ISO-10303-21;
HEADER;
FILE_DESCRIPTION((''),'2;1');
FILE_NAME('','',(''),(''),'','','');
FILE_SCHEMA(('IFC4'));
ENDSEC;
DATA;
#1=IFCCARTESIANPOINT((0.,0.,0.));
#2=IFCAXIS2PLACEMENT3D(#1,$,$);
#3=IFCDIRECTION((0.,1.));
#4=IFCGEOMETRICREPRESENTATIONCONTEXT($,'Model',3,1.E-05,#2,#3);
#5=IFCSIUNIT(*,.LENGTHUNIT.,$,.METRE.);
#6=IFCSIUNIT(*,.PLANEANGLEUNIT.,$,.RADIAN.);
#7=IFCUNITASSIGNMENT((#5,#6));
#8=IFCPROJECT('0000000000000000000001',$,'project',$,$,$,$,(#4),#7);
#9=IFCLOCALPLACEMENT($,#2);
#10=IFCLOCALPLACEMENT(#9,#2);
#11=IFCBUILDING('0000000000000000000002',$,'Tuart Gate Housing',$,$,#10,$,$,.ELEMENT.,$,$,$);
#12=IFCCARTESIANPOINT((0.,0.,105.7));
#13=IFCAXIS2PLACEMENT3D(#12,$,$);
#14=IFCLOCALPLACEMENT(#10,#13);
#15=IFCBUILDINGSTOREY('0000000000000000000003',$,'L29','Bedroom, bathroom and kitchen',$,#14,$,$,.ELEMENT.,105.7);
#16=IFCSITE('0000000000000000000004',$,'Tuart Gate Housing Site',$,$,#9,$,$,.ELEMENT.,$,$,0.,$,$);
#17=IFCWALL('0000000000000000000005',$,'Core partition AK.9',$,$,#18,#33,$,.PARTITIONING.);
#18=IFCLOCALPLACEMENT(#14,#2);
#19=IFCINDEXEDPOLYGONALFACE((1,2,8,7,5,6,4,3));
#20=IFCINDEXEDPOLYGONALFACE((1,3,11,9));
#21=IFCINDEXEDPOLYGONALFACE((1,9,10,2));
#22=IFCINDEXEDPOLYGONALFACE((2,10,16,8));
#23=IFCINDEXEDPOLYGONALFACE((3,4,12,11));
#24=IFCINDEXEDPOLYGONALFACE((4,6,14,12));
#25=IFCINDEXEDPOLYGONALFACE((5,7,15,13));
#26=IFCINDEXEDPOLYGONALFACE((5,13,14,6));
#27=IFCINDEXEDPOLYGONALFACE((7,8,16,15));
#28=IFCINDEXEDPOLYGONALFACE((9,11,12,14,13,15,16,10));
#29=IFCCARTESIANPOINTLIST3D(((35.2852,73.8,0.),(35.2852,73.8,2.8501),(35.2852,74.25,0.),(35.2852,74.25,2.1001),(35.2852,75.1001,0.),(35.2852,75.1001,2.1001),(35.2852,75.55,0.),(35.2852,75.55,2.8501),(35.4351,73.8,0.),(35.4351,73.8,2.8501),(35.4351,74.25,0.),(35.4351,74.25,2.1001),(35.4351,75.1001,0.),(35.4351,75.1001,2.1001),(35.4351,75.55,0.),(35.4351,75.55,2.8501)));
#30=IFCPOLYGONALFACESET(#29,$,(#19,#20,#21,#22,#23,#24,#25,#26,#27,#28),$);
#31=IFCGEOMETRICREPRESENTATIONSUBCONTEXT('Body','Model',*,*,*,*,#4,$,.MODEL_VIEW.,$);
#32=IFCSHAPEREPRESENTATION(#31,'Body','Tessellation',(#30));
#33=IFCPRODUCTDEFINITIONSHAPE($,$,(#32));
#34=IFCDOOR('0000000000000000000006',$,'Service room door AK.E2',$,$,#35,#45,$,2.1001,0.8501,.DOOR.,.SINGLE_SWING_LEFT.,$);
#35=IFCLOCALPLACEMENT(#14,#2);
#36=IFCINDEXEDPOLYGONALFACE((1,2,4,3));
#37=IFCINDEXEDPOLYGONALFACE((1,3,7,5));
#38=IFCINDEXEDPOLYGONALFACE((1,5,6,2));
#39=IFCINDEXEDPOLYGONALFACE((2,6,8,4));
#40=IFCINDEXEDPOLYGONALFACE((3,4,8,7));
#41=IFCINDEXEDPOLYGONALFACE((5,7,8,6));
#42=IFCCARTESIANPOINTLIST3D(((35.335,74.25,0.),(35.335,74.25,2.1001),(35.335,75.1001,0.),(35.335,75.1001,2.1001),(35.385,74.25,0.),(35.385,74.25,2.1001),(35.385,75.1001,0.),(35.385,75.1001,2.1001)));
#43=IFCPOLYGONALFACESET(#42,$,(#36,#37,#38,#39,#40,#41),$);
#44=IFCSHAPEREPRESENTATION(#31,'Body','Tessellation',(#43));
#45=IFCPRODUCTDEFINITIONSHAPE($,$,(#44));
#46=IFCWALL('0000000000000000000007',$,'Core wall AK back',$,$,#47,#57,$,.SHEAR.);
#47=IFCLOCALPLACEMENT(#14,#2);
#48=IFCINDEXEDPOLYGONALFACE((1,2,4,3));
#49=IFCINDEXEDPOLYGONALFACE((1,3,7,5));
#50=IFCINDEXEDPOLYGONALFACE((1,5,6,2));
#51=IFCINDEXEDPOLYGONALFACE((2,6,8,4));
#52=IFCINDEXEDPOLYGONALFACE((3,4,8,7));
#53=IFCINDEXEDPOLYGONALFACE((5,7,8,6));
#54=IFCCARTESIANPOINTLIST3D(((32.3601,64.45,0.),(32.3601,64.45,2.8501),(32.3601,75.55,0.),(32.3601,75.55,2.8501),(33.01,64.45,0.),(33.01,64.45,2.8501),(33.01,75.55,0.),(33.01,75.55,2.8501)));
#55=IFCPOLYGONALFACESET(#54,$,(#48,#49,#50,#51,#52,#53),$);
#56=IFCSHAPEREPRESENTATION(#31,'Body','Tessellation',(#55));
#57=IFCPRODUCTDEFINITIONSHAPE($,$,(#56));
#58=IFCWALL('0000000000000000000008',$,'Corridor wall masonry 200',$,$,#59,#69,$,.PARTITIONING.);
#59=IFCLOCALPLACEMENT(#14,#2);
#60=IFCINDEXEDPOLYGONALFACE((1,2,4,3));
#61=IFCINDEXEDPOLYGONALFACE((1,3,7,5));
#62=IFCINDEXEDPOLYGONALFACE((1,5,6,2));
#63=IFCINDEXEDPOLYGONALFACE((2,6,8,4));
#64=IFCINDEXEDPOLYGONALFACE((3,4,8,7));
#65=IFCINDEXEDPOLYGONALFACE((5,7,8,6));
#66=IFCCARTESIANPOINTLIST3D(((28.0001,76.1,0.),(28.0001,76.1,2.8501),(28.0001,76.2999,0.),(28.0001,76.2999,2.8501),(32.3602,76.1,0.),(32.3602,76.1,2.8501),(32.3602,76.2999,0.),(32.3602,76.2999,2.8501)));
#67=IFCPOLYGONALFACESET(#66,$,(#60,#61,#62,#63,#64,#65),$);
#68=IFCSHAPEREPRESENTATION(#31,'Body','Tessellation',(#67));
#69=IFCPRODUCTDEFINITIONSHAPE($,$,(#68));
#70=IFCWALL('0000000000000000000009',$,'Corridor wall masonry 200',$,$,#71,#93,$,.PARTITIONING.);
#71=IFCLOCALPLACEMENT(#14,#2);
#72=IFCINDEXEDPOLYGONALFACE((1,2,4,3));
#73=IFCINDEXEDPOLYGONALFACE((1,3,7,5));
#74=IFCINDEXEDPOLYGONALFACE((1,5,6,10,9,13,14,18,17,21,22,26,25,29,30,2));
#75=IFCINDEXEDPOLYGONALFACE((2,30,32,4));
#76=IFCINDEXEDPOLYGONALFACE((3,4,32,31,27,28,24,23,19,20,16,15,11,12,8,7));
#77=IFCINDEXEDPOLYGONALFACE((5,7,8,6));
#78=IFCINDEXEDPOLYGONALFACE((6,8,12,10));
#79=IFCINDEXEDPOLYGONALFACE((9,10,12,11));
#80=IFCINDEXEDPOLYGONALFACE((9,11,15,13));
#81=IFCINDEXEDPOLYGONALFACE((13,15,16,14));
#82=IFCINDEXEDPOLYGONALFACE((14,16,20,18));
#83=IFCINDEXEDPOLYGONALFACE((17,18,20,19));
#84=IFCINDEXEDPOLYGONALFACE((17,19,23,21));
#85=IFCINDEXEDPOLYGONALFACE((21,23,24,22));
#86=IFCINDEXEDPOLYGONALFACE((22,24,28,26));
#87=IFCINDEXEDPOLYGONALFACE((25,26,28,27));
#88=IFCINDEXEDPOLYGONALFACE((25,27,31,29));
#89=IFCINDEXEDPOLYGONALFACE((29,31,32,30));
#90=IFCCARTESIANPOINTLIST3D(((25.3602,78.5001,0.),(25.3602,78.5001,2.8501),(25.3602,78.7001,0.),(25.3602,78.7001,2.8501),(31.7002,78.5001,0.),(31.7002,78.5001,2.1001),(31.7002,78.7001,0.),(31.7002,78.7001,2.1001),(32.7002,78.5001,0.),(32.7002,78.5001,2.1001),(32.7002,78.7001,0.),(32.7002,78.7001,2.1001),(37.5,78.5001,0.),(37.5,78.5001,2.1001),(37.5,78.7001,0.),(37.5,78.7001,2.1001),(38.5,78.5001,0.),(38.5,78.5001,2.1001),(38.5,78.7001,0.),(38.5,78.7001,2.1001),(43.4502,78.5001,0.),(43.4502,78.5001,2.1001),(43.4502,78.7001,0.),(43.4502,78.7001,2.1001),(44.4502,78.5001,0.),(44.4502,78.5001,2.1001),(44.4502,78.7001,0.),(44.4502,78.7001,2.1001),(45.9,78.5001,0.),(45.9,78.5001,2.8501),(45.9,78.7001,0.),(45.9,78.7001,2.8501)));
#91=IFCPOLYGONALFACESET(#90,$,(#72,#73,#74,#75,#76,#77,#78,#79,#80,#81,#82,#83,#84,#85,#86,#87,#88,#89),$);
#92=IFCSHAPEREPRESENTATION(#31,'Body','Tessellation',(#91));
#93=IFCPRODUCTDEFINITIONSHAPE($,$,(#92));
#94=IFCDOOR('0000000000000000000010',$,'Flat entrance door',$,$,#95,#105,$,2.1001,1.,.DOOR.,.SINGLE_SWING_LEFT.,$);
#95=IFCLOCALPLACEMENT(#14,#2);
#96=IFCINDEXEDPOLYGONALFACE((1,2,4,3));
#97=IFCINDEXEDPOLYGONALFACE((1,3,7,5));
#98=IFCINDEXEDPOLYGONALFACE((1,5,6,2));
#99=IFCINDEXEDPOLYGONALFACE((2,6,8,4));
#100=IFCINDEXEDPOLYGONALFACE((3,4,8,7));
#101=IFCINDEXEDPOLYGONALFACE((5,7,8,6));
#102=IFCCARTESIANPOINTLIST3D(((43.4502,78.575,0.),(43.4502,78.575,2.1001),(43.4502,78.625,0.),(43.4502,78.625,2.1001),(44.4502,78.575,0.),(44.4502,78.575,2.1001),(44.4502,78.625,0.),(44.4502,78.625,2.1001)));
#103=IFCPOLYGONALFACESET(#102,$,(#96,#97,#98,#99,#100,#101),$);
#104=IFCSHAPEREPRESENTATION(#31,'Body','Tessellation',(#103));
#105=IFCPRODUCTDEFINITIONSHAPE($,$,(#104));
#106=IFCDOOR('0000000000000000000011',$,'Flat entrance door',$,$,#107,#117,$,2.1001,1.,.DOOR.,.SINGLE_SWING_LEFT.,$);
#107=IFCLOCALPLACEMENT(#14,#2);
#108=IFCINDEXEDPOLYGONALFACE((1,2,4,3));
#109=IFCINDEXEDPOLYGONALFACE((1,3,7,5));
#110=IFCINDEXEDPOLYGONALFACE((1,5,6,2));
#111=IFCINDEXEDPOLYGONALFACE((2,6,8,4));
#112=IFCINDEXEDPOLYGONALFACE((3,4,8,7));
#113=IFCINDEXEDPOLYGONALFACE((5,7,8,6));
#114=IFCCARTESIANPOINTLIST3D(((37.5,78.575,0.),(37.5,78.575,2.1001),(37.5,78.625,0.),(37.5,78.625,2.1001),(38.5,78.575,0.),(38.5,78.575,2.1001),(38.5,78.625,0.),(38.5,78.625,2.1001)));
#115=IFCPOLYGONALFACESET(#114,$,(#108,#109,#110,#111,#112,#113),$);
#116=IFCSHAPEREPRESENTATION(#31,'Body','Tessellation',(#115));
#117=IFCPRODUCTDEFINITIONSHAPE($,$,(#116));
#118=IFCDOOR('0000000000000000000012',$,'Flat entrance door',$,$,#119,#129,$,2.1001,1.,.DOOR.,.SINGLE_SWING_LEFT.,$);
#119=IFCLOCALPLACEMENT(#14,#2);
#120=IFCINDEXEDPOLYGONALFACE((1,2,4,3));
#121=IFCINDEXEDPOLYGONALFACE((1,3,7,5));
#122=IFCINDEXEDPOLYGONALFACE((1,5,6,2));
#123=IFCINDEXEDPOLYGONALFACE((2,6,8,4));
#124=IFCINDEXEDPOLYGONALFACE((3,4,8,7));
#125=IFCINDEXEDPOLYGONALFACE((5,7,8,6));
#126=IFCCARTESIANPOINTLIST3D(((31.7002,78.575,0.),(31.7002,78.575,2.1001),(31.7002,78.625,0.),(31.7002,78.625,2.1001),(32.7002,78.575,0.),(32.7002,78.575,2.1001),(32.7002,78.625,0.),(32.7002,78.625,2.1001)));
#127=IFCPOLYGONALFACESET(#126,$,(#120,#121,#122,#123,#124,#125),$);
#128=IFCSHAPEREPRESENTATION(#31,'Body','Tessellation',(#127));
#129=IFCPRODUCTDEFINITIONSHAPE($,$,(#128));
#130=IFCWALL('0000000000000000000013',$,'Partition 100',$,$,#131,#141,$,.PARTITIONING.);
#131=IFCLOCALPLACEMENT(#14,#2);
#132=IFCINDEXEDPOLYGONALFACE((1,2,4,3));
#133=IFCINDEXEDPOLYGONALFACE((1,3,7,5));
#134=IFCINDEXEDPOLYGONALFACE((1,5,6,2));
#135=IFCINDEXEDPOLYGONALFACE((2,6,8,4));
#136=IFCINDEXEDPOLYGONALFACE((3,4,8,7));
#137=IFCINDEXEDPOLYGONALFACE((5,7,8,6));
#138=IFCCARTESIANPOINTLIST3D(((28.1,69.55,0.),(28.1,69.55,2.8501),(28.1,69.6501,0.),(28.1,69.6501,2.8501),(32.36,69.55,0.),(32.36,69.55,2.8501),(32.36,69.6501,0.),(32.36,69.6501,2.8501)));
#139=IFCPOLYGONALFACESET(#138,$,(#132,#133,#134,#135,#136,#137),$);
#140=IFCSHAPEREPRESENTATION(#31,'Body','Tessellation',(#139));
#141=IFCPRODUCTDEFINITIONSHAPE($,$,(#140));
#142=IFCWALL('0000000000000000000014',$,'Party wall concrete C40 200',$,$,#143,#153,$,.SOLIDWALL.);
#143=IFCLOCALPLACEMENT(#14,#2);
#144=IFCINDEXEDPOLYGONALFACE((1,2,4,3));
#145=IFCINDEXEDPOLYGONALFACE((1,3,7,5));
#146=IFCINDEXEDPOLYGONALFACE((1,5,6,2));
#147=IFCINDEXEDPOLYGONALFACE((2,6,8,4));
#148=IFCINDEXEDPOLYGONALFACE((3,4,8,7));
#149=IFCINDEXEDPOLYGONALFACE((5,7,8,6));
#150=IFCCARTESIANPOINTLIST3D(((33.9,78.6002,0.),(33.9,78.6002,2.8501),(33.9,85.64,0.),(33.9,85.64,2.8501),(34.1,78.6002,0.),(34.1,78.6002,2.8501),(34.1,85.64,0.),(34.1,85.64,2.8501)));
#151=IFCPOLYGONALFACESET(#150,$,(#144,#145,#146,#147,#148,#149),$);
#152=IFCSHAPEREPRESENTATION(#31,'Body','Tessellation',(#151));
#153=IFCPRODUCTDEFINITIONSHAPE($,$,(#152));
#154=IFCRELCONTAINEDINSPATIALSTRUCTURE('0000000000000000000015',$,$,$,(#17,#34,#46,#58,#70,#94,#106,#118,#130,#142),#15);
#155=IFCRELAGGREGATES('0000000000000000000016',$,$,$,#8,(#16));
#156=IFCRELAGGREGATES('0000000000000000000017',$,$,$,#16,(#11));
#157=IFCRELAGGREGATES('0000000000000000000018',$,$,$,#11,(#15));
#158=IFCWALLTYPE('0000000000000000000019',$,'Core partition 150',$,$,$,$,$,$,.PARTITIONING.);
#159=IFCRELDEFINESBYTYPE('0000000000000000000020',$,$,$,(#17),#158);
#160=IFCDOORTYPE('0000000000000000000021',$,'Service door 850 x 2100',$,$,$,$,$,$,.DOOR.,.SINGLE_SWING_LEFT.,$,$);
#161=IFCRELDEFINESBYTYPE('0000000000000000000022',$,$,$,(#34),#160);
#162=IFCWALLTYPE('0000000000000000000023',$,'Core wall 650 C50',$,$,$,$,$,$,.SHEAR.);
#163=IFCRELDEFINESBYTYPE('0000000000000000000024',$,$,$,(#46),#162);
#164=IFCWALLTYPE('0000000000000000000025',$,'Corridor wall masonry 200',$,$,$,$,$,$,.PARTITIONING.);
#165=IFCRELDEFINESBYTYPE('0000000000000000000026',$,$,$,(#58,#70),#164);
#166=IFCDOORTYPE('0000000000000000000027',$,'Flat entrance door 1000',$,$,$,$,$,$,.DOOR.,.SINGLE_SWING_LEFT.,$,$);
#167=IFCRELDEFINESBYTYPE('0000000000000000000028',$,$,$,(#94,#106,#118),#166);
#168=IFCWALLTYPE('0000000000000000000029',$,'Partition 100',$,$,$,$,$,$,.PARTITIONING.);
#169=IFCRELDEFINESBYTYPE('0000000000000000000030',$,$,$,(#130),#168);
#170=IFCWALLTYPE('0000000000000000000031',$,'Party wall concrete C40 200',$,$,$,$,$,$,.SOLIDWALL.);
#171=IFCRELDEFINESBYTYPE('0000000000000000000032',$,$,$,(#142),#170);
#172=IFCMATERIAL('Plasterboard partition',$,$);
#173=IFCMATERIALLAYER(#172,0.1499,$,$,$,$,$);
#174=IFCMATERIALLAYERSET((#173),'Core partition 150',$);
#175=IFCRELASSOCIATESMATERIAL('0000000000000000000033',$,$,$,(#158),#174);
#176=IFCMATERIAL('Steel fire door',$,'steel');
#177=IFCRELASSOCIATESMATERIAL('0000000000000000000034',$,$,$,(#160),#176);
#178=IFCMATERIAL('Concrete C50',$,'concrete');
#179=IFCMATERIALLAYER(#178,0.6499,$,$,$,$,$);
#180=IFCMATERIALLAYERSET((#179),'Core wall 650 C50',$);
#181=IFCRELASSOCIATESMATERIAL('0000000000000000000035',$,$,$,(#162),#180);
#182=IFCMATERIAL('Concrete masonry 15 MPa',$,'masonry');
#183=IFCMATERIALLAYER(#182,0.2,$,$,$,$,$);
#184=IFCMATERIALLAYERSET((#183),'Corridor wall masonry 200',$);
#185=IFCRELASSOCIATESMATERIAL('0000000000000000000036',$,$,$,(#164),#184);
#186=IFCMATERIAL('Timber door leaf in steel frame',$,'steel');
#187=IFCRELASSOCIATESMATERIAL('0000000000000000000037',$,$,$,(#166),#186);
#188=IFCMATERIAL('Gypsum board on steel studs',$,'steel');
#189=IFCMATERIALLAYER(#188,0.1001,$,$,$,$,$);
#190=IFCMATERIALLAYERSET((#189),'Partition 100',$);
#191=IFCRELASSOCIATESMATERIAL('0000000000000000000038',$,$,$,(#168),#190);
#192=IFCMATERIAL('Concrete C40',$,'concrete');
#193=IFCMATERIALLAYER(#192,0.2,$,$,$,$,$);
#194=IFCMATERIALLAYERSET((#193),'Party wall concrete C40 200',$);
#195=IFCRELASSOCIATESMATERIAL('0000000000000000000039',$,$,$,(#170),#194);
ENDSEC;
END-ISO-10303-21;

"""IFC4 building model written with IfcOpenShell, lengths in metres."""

from ifc_helpers import new_model, si_unit, direction, frame, frame_2d, origin, place, context, subcontext, project, spatial, rectangle, extrude, material, layer, layer_set, type_object, element, fill, save


model = new_model("IFC4")

# Units and contexts
model_context = context("Model", 3, precision=1e-05, world=origin(), true_north=direction((0.0, 1.0)))
body_context = subcontext(model_context, "Body", "Model", "MODEL_VIEW")
ifc_project = project(units=[si_unit("LENGTHUNIT", "METRE"), si_unit("PLANEANGLEUNIT", "RADIAN")], contexts=[model_context])

# Site, building, storey
site_placement = place(None, origin())
site = spatial("IfcSite", under=ifc_project, at=site_placement, Name="Tuart Gate Housing Site", CompositionType="ELEMENT", RefElevation=0.0)
building_placement = place(site_placement, origin())
building = spatial("IfcBuilding", under=site, at=building_placement, Name="Tuart Gate Housing", CompositionType="ELEMENT")
storey_placement = place(building_placement, frame((0.0, 0.0, 105.7)))
storey = spatial("IfcBuildingStorey", under=building, at=storey_placement, Name="L29", Description="Bedroom, bathroom and kitchen", CompositionType="ELEMENT", Elevation=105.7)

# Wall, opening, door
ifc_material_1 = material(Name="Plasterboard partition")
ifc_layer_1 = layer(ifc_material_1, 0.1499)
ifc_layer_set_1 = layer_set([ifc_layer_1], Name="Core partition 150")
wall_type_1 = type_object("IfcWallType", Name="Core partition 150", PredefinedType="PARTITIONING", material=ifc_layer_set_1)
wall_1_placement = place(storey_placement, frame((35.3601, 75.55, 0.0), z_axis=(0.0, 0.0, 1.0), x_axis=(0.0, -1.0, 0.0)))
wall_1 = element("IfcWall", 1, at=wall_1_placement, inside=storey, type_object=wall_type_1, Name="Core partition AK.9", PredefinedType="PARTITIONING", context=body_context, shape_type="SweptSolid", body=[
    extrude(rectangle(XDim=1.75, YDim=0.1499, at=frame_2d((0.875, 0.0))), origin(), (0.0, 0.0, 1.0), 2.8501),
])
opening_1_placement = place(wall_1_placement, frame((0.45, 0.0, 0.0)))
opening_1 = element("IfcOpeningElement", 2, at=opening_1_placement, cuts=wall_1, PredefinedType="OPENING", context=body_context, shape_type="SweptSolid", body=[
    extrude(rectangle(XDim=0.8501, YDim=2.1001, at=frame_2d((0.425, 1.05))), frame((0.0, 0.085, 0.0), z_axis=(0.0, -1.0, 0.0), x_axis=(1.0, 0.0, 0.0)), (0.0, 0.0, 1.0), 0.1699),
])
ifc_material_2 = material(Name="Steel fire door", Category="steel")
door_type_1 = type_object("IfcDoorType", Name="Service door 850 x 2100", OperationType="SINGLE_SWING_LEFT", PredefinedType="DOOR", material=ifc_material_2)
door_1_placement = place(opening_1_placement, origin())
door_1 = element("IfcDoor", 3, at=door_1_placement, inside=storey, type_object=door_type_1, Name="Service room door AK.E2", OperationType="SINGLE_SWING_LEFT", OverallHeight=2.1001, OverallWidth=0.8501, PredefinedType="DOOR", context=body_context, shape_type="SweptSolid", body=[
    extrude(rectangle(XDim=0.8501, YDim=2.1001, at=frame_2d((0.425, 1.05))), frame((0.0, 0.0249, 0.0), z_axis=(0.0, -1.0, 0.0), x_axis=(1.0, 0.0, 0.0)), (0.0, 0.0, 1.0), 0.05),
])
fill(opening_1, door_1)

# Walls
ifc_material_3 = material(Name="Concrete C50", Category="concrete")
ifc_layer_2 = layer(ifc_material_3, 0.6499)
ifc_layer_set_2 = layer_set([ifc_layer_2], Name="Core wall 650 C50")
wall_type_2 = type_object("IfcWallType", Name="Core wall 650 C50", PredefinedType="SHEAR", material=ifc_layer_set_2)
wall_2_placement = place(storey_placement, frame((32.6851, 75.55, 0.0), z_axis=(0.0, 0.0, 1.0), x_axis=(0.0, -1.0, 0.0)))
element("IfcWall", 4, at=wall_2_placement, inside=storey, type_object=wall_type_2, Name="Core wall AK back", PredefinedType="SHEAR", context=body_context, shape_type="SweptSolid", body=[
    extrude(rectangle(XDim=11.1001, YDim=0.6499, at=frame_2d((5.55, 0.0))), origin(), (0.0, 0.0, 1.0), 2.8501),
])
ifc_material_4 = material(Name="Concrete masonry 15 MPa", Category="masonry")
ifc_layer_3 = layer(ifc_material_4, 0.2)
ifc_layer_set_3 = layer_set([ifc_layer_3], Name="Corridor wall masonry 200")
wall_type_3 = type_object("IfcWallType", Name="Corridor wall masonry 200", PredefinedType="PARTITIONING", material=ifc_layer_set_3)
wall_3_placement = place(storey_placement, frame((28.0, 76.2, 0.0), z_axis=(0.0, 0.0, 1.0), x_axis=(1.0, 0.0, 0.0)))
element("IfcWall", 5, at=wall_3_placement, inside=storey, type_object=wall_type_3, Name="Corridor wall masonry 200", PredefinedType="PARTITIONING", context=body_context, shape_type="SweptSolid", body=[
    extrude(rectangle(XDim=4.3601, YDim=0.2, at=frame_2d((2.1802, 0.0))), origin(), (0.0, 0.0, 1.0), 2.8501),
])

# Wall, openings, doors
wall_4_placement = place(storey_placement, frame((25.3601, 78.6001, 0.0), z_axis=(0.0, 0.0, 1.0), x_axis=(1.0, 0.0, 0.0)))
wall_4 = element("IfcWall", 6, at=wall_4_placement, inside=storey, type_object=wall_type_3, Name="Corridor wall masonry 200", PredefinedType="PARTITIONING", context=body_context, shape_type="SweptSolid", body=[
    extrude(rectangle(XDim=20.5398, YDim=0.2, at=frame_2d((10.27, 0.0))), origin(), (0.0, 0.0, 1.0), 2.8501),
])
opening_2_placement = place(wall_4_placement, frame((18.0901, 0.0, 0.0)))
opening_2 = element("IfcOpeningElement", 7, at=opening_2_placement, cuts=wall_4, PredefinedType="OPENING", context=body_context, shape_type="SweptSolid", body=[
    extrude(rectangle(XDim=1.0, YDim=2.1001, at=frame_2d((0.5, 1.05))), frame((0.0, 0.1099, 0.0), z_axis=(0.0, -1.0, 0.0), x_axis=(1.0, 0.0, 0.0)), (0.0, 0.0, 1.0), 0.22),
])
opening_3_placement = place(wall_4_placement, frame((12.1399, 0.0, 0.0)))
opening_3 = element("IfcOpeningElement", 8, at=opening_3_placement, cuts=wall_4, PredefinedType="OPENING", context=body_context, shape_type="SweptSolid", body=[
    extrude(rectangle(XDim=1.0, YDim=2.1001, at=frame_2d((0.5, 1.05))), frame((0.0, 0.1099, 0.0), z_axis=(0.0, -1.0, 0.0), x_axis=(1.0, 0.0, 0.0)), (0.0, 0.0, 1.0), 0.22),
])
opening_4_placement = place(wall_4_placement, frame((6.3401, 0.0, 0.0)))
opening_4 = element("IfcOpeningElement", 9, at=opening_4_placement, cuts=wall_4, PredefinedType="OPENING", context=body_context, shape_type="SweptSolid", body=[
    extrude(rectangle(XDim=1.0, YDim=2.1001, at=frame_2d((0.5, 1.05))), frame((0.0, 0.1099, 0.0), z_axis=(0.0, -1.0, 0.0), x_axis=(1.0, 0.0, 0.0)), (0.0, 0.0, 1.0), 0.22),
])
ifc_material_5 = material(Name="Timber door leaf in steel frame", Category="steel")
door_type_2 = type_object("IfcDoorType", Name="Flat entrance door 1000", OperationType="SINGLE_SWING_LEFT", PredefinedType="DOOR", material=ifc_material_5)
door_2_placement = place(opening_2_placement, origin())
door_2 = element("IfcDoor", 10, at=door_2_placement, inside=storey, type_object=door_type_2, Name="Flat entrance door", OperationType="SINGLE_SWING_LEFT", OverallHeight=2.1001, OverallWidth=1.0, PredefinedType="DOOR", context=body_context, shape_type="SweptSolid", body=[
    extrude(rectangle(XDim=1.0, YDim=2.1001, at=frame_2d((0.5, 1.05))), frame((0.0, 0.0249, 0.0), z_axis=(0.0, -1.0, 0.0), x_axis=(1.0, 0.0, 0.0)), (0.0, 0.0, 1.0), 0.05),
])
fill(opening_2, door_2)
door_3_placement = place(opening_3_placement, origin())
door_3 = element("IfcDoor", 11, at=door_3_placement, inside=storey, type_object=door_type_2, Name="Flat entrance door", OperationType="SINGLE_SWING_LEFT", OverallHeight=2.1001, OverallWidth=1.0, PredefinedType="DOOR", context=body_context, shape_type="SweptSolid", body=[
    extrude(rectangle(XDim=1.0, YDim=2.1001, at=frame_2d((0.5, 1.05))), frame((0.0, 0.0249, 0.0), z_axis=(0.0, -1.0, 0.0), x_axis=(1.0, 0.0, 0.0)), (0.0, 0.0, 1.0), 0.05),
])
fill(opening_3, door_3)
door_4_placement = place(opening_4_placement, origin())
door_4 = element("IfcDoor", 12, at=door_4_placement, inside=storey, type_object=door_type_2, Name="Flat entrance door", OperationType="SINGLE_SWING_LEFT", OverallHeight=2.1001, OverallWidth=1.0, PredefinedType="DOOR", context=body_context, shape_type="SweptSolid", body=[
    extrude(rectangle(XDim=1.0, YDim=2.1001, at=frame_2d((0.5, 1.05))), frame((0.0, 0.0249, 0.0), z_axis=(0.0, -1.0, 0.0), x_axis=(1.0, 0.0, 0.0)), (0.0, 0.0, 1.0), 0.05),
])
fill(opening_4, door_4)

# Walls
ifc_material_6 = material(Name="Gypsum board on steel studs", Category="steel")
ifc_layer_4 = layer(ifc_material_6, 0.1001)
ifc_layer_set_4 = layer_set([ifc_layer_4], Name="Partition 100")
wall_type_4 = type_object("IfcWallType", Name="Partition 100", PredefinedType="PARTITIONING", material=ifc_layer_set_4)
wall_5_placement = place(storey_placement, frame((28.1001, 69.6001, 0.0), z_axis=(0.0, 0.0, 1.0), x_axis=(1.0, 0.0, 0.0)))
element("IfcWall", 13, at=wall_5_placement, inside=storey, type_object=wall_type_4, Name="Partition 100", PredefinedType="PARTITIONING", context=body_context, shape_type="SweptSolid", body=[
    extrude(rectangle(XDim=4.26, YDim=0.1001, at=frame_2d((2.1299, 0.0))), origin(), (0.0, 0.0, 1.0), 2.8501),
])
ifc_material_7 = material(Name="Concrete C40", Category="concrete")
ifc_layer_5 = layer(ifc_material_7, 0.2)
ifc_layer_set_5 = layer_set([ifc_layer_5], Name="Party wall concrete C40 200")
wall_type_5 = type_object("IfcWallType", Name="Party wall concrete C40 200", PredefinedType="SOLIDWALL", material=ifc_layer_set_5)
wall_6_placement = place(storey_placement, frame((34.0, 78.6001, 0.0), z_axis=(0.0, 0.0, 1.0), x_axis=(0.0, 1.0, 0.0)))
element("IfcWall", 14, at=wall_6_placement, inside=storey, type_object=wall_type_5, Name="Party wall concrete C40 200", PredefinedType="SOLIDWALL", context=body_context, shape_type="SweptSolid", body=[
    extrude(rectangle(XDim=7.0398, YDim=0.2, at=frame_2d((3.52, 0.0))), origin(), (0.0, 0.0, 1.0), 2.8501),
])

save(model, "model.ifc")
